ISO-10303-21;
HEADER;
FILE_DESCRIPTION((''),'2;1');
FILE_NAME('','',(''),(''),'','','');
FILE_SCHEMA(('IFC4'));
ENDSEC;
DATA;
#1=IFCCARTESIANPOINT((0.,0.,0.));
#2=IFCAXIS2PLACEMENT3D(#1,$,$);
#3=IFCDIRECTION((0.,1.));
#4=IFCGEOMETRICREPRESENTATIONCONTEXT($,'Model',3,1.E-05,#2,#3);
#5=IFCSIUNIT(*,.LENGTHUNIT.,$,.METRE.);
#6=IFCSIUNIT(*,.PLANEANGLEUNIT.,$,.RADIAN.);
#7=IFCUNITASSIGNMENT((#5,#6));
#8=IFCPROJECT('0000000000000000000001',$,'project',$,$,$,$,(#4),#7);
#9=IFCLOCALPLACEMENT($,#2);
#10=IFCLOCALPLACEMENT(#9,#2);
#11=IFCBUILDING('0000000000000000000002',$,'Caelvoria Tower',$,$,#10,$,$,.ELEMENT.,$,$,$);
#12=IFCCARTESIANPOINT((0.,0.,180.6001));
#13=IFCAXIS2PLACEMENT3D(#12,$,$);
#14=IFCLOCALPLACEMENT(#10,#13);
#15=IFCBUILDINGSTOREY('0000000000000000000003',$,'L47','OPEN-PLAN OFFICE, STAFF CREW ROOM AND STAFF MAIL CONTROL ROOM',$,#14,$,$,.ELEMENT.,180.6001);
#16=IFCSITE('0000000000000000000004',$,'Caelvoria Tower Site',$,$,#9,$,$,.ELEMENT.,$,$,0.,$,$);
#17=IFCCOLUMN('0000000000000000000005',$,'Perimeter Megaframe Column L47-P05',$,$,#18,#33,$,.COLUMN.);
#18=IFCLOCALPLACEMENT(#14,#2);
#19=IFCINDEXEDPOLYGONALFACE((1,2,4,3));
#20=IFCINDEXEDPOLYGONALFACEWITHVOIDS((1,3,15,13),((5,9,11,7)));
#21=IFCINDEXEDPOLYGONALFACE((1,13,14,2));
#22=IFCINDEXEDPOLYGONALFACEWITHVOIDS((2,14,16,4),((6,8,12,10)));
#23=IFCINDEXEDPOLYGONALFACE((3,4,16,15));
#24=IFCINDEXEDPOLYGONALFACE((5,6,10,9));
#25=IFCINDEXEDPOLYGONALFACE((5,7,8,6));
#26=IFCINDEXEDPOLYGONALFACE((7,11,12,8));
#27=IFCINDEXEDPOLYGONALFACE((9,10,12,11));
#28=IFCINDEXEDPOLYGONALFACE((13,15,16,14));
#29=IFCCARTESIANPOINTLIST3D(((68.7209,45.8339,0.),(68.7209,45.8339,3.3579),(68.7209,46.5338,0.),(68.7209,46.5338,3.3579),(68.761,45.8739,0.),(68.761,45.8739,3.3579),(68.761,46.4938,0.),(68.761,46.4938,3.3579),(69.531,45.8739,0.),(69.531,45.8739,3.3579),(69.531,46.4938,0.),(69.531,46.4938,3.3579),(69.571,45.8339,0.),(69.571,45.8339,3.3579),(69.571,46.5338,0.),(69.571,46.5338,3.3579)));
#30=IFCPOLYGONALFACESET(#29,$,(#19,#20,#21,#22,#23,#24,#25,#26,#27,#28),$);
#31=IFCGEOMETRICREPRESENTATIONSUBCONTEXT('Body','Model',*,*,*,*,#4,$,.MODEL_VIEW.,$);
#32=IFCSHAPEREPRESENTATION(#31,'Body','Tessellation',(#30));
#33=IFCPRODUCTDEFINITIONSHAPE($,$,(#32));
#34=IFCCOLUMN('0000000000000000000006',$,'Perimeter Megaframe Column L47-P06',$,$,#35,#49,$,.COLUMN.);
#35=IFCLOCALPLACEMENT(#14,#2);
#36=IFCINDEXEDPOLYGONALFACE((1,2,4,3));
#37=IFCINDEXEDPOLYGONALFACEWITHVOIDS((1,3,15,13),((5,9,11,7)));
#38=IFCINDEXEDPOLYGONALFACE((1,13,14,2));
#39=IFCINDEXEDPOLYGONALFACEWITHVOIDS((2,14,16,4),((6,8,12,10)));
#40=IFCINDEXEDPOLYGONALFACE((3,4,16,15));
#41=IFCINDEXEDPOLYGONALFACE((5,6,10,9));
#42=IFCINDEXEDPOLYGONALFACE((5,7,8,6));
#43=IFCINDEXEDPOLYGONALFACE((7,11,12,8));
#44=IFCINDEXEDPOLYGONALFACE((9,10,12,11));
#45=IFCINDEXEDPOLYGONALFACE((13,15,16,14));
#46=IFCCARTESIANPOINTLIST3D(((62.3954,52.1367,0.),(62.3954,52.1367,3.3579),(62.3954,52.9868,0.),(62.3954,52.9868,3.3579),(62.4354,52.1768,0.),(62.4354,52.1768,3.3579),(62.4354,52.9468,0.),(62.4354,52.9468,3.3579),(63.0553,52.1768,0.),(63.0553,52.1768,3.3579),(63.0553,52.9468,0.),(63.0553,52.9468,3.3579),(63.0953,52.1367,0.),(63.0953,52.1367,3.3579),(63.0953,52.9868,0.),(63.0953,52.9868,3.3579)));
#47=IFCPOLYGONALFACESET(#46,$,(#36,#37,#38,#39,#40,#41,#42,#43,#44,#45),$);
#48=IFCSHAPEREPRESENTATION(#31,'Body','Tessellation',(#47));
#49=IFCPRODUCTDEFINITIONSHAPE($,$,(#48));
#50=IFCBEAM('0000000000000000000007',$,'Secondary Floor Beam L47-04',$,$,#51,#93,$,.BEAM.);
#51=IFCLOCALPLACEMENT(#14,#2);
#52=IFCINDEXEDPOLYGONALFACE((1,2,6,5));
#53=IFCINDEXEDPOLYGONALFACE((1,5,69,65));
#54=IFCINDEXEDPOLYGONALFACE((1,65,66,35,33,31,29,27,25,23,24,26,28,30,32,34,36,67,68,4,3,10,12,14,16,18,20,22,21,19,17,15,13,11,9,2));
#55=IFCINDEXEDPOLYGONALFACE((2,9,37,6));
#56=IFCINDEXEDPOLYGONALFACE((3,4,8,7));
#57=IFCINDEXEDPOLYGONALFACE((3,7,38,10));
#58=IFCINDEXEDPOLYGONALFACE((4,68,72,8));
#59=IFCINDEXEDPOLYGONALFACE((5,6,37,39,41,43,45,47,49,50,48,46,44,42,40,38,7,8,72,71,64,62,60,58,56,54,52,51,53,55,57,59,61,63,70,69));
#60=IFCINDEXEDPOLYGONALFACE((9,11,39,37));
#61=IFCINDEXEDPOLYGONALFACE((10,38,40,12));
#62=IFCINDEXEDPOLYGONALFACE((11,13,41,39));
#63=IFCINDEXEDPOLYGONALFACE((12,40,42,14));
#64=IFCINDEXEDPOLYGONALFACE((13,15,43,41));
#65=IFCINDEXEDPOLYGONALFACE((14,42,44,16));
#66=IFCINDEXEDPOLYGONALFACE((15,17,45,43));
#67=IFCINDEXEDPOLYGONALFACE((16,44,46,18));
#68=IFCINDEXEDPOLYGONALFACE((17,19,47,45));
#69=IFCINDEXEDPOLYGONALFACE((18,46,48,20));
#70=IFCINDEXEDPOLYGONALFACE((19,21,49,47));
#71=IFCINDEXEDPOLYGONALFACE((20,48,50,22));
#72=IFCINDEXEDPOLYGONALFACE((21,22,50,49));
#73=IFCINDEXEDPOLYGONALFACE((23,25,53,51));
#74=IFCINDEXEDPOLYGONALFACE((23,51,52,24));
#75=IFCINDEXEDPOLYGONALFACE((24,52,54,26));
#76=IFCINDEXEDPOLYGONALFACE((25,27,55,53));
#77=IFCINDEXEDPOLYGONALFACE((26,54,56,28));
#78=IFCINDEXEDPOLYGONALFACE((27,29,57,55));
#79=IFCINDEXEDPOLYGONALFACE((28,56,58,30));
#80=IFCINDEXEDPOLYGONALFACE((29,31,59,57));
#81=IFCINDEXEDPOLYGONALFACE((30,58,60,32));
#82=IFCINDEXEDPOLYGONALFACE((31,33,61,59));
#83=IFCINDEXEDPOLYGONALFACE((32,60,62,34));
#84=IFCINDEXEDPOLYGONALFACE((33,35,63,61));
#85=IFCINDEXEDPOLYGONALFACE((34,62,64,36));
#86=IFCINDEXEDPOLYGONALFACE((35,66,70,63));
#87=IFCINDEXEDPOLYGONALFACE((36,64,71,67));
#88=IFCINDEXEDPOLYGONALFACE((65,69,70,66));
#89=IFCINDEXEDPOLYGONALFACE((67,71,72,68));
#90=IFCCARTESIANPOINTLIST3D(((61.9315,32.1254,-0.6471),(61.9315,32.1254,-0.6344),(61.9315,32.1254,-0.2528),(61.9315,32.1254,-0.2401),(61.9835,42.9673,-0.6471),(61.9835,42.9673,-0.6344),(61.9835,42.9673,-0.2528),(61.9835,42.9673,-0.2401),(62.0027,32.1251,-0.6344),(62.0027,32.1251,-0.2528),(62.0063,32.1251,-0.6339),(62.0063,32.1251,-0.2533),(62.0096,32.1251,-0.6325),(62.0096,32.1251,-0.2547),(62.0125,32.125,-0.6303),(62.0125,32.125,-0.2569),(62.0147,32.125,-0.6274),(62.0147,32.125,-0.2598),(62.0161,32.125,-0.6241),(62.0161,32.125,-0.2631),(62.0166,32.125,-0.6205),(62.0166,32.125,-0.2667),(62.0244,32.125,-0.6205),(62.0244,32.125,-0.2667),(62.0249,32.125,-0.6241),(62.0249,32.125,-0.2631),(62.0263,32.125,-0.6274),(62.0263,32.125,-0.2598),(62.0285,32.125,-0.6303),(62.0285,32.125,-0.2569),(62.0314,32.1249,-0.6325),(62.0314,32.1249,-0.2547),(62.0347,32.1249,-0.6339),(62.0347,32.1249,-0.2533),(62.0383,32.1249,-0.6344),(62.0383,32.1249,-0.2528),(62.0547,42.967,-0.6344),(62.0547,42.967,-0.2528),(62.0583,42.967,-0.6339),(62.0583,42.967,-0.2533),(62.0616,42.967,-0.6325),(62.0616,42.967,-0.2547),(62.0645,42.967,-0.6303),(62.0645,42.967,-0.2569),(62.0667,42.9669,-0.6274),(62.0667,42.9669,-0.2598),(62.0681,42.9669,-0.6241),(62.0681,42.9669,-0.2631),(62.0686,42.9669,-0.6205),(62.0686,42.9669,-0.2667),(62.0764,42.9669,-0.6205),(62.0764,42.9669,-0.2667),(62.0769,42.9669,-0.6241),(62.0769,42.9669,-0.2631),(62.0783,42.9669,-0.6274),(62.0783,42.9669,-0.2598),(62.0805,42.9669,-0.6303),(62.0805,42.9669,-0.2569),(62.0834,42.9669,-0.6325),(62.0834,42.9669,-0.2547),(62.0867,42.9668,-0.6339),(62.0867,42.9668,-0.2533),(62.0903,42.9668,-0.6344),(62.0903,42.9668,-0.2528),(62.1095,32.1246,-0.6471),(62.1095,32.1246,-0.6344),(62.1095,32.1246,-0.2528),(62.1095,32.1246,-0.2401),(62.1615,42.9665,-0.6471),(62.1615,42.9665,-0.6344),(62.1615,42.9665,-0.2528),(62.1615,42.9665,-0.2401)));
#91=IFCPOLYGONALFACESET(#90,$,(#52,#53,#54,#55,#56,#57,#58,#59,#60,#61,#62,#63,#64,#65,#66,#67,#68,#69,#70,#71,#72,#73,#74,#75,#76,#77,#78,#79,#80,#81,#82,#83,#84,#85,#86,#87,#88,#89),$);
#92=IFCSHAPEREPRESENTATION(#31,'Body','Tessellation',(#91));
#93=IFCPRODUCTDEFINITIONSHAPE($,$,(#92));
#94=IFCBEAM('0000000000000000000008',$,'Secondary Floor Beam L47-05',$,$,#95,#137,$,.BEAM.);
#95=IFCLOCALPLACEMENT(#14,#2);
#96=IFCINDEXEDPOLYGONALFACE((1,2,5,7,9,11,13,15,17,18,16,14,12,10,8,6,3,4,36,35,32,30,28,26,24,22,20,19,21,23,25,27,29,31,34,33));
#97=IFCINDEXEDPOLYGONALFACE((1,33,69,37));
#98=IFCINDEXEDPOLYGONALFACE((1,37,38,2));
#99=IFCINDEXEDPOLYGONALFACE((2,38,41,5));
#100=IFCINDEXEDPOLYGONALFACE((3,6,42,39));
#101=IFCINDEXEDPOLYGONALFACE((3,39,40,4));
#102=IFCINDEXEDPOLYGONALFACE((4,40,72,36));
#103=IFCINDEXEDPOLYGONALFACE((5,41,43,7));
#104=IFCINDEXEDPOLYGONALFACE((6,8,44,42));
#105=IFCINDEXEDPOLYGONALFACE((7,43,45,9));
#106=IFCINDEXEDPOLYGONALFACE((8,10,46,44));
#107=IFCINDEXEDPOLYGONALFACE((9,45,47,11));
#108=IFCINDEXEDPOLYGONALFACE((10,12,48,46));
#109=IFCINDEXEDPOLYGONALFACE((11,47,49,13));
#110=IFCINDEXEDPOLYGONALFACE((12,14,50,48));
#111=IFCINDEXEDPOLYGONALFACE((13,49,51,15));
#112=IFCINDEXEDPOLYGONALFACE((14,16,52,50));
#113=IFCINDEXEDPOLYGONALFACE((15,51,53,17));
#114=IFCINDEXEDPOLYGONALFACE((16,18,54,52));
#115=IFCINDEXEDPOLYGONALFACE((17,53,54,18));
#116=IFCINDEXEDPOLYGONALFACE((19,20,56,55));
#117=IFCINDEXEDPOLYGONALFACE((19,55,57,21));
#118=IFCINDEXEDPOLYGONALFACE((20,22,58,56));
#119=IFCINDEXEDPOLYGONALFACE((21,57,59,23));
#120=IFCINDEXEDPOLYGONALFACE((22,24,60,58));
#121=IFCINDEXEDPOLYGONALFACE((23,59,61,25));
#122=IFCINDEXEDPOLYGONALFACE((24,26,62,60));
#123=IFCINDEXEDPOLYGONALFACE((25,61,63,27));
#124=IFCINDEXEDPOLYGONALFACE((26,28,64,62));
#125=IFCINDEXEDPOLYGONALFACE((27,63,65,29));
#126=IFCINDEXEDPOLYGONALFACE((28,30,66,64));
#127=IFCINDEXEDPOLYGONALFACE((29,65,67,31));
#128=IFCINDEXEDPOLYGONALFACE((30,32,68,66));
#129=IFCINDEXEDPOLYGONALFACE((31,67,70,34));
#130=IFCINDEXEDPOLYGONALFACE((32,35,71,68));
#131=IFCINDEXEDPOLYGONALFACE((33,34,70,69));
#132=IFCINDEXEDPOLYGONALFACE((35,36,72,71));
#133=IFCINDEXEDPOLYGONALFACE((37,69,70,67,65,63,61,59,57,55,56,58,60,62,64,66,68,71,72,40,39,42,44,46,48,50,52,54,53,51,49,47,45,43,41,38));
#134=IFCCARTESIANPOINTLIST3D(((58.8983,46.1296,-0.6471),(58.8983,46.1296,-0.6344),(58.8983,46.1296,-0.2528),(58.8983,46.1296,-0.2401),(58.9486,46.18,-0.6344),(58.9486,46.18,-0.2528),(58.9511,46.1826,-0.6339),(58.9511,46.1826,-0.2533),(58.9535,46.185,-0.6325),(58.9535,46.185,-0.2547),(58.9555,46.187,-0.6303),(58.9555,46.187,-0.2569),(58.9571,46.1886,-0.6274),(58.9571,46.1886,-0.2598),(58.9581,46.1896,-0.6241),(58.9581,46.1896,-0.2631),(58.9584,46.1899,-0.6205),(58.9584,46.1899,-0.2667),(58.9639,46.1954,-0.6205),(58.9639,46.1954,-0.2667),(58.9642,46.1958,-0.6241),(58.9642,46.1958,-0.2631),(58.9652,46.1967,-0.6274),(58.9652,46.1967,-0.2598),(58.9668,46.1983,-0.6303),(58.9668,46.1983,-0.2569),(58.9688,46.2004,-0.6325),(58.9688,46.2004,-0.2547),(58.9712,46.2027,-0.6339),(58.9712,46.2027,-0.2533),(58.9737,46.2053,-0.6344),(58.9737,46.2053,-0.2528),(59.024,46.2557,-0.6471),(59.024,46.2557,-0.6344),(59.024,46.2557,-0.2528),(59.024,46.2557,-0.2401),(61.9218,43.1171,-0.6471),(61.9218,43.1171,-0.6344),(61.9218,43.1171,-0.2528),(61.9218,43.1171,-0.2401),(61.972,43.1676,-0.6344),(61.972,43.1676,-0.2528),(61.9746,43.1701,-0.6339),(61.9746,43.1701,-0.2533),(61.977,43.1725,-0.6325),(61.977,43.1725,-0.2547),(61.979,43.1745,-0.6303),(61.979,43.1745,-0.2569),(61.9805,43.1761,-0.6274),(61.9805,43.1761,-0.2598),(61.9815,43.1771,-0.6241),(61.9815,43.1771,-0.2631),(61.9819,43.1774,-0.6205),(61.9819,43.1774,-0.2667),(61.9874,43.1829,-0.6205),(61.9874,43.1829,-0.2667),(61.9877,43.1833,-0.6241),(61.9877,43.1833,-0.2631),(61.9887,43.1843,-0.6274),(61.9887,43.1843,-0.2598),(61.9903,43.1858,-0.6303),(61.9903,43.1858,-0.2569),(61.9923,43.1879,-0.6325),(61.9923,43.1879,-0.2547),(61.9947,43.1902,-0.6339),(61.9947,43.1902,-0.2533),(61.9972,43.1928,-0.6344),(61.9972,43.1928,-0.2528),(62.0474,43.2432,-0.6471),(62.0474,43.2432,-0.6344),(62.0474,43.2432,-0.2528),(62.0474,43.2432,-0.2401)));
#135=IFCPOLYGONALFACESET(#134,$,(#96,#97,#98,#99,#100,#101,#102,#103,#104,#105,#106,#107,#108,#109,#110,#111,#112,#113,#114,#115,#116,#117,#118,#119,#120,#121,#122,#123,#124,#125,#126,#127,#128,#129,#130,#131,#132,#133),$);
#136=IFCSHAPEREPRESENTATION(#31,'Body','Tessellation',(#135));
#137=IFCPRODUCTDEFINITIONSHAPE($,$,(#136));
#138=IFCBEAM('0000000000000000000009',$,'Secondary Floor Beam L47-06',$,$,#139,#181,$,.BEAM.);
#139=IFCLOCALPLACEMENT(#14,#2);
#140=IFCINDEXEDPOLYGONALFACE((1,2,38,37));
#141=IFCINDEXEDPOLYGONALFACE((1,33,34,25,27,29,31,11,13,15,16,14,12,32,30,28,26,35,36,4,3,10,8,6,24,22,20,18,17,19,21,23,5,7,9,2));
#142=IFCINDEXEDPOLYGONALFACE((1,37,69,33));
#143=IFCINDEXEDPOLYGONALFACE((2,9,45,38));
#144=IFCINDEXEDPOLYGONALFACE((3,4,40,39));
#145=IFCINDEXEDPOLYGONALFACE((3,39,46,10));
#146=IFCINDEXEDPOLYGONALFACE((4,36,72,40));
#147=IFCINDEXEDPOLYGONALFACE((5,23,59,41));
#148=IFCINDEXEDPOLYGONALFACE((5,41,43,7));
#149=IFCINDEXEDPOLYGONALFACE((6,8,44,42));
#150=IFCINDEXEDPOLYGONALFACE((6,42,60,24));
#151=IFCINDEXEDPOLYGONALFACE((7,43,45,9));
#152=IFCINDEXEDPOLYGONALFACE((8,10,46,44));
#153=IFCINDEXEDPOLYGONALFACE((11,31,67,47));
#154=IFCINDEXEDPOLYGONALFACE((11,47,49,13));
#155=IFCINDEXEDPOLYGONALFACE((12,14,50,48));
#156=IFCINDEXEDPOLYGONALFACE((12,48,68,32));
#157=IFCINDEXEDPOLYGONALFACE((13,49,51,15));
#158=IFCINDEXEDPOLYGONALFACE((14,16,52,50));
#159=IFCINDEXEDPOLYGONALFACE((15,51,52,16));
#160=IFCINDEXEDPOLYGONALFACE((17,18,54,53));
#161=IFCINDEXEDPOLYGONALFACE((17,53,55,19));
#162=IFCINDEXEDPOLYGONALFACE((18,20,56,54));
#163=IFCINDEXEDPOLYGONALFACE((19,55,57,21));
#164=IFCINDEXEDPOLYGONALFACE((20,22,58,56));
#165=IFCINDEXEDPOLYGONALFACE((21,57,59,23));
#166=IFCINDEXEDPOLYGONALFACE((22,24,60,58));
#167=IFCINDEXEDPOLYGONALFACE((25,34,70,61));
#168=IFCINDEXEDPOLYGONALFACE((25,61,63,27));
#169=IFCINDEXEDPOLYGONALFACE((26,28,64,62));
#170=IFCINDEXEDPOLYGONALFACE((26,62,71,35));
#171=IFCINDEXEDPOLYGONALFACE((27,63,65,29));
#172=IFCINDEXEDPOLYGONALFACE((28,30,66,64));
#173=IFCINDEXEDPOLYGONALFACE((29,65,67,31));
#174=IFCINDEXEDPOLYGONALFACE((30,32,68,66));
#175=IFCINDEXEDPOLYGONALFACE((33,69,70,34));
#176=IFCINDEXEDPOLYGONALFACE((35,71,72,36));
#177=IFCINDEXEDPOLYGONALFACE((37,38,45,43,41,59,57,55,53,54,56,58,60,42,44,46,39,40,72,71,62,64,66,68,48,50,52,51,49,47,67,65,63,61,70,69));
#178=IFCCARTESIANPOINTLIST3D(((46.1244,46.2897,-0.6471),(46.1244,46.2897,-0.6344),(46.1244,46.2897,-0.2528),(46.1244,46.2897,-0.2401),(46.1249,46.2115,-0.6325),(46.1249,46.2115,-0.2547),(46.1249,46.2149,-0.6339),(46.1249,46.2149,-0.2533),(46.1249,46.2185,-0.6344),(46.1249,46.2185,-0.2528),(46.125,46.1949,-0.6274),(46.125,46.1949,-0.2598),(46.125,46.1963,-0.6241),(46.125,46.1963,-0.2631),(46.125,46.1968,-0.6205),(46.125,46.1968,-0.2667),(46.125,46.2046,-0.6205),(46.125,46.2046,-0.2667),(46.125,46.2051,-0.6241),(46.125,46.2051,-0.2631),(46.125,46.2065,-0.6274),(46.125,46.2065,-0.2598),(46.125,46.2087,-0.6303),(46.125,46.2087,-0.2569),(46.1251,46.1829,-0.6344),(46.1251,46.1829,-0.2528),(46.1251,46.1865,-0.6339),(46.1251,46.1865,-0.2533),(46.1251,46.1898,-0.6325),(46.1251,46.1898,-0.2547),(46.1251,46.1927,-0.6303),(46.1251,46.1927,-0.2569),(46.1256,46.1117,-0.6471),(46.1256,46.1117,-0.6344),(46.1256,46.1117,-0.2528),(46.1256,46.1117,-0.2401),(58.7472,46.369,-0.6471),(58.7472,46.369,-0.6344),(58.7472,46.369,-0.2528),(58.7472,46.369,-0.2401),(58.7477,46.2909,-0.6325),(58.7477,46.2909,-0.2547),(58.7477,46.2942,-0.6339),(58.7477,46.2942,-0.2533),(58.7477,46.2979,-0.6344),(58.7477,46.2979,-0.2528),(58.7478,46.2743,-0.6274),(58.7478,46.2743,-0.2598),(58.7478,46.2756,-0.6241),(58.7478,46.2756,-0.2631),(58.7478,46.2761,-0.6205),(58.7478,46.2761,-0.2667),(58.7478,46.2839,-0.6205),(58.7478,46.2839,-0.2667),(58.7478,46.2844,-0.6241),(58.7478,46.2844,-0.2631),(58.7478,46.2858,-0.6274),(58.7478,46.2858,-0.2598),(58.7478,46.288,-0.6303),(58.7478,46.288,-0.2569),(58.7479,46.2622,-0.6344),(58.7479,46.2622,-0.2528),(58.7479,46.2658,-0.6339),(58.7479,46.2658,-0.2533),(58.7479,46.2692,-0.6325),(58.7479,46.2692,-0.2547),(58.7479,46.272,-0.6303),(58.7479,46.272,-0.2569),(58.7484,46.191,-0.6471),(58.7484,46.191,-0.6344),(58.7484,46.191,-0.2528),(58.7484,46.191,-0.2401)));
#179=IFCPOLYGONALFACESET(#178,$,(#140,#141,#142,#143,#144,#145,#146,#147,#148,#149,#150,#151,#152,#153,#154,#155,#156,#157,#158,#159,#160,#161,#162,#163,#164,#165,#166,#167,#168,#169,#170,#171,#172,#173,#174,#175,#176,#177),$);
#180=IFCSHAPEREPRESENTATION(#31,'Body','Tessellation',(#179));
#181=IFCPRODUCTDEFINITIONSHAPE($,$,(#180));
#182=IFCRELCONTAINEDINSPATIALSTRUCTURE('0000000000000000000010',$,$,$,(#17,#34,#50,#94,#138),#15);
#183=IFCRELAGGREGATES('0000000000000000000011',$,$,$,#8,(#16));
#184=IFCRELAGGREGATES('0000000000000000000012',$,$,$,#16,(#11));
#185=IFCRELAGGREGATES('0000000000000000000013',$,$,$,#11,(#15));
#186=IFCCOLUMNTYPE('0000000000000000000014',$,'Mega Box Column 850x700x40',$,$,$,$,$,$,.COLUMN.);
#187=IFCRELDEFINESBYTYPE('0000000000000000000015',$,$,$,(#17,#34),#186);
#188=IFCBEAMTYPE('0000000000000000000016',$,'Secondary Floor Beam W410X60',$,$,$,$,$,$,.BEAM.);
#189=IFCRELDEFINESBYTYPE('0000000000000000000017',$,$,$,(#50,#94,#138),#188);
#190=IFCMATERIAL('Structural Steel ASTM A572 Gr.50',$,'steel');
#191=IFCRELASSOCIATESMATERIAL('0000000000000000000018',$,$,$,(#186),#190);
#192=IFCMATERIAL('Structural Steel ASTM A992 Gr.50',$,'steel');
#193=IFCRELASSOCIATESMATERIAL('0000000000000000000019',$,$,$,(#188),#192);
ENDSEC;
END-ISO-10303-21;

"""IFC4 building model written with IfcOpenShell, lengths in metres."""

from ifc_helpers import new_model, si_unit, direction, frame, origin, origin_2d, place, context, subcontext, project, spatial, hollow_rectangle, i_section, extrude, material, material_profile, profile_set, type_object, element, save


model = new_model("IFC4")

# Units and contexts
model_context = context("Model", 3, precision=1e-05, world=origin(), true_north=direction((0.0, 1.0)))
body_context = subcontext(model_context, "Body", "Model", "MODEL_VIEW")
ifc_project = project(units=[si_unit("LENGTHUNIT", "METRE"), si_unit("PLANEANGLEUNIT", "RADIAN")], contexts=[model_context])

# Site, building, storey
site_placement = place(None, origin())
site = spatial("IfcSite", under=ifc_project, at=site_placement, Name="Caelvoria Tower Site", CompositionType="ELEMENT", RefElevation=0.0)
building_placement = place(site_placement, origin())
building = spatial("IfcBuilding", under=site, at=building_placement, Name="Caelvoria Tower", CompositionType="ELEMENT")
storey_placement = place(building_placement, frame((0.0, 0.0, 180.6001)))
storey = spatial("IfcBuildingStorey", under=building, at=storey_placement, Name="L47", Description="OPEN-PLAN OFFICE, STAFF CREW ROOM AND STAFF MAIL CONTROL ROOM", CompositionType="ELEMENT", Elevation=180.6001)

# Columns
ifc_material_1 = material(Name="Structural Steel ASTM A572 Gr.50", Category="steel")
ifc_material_profile_1 = material_profile(ifc_material_1, hollow_rectangle(XDim=0.7, YDim=0.8501, WallThickness=0.04, at=origin_2d()), Name="Structural Steel ASTM A572 Gr.50")
ifc_profile_set_1 = profile_set([ifc_material_profile_1], Name="BOX850X700X40 - Structural Steel ASTM A572 Gr.50")
column_type = type_object("IfcColumnType", Name="Mega Box Column 850x700x40", PredefinedType="COLUMN", material=ifc_profile_set_1)
for number, where, z_axis, x_axis, name in (
    (1, (69.146, 46.1838, 0.0), (0.0, 0.0, 1.0), (0.0, 1.0, 0.0), "Perimeter Megaframe Column L47-P05"),
    (2, (62.7454, 52.5618, 0.0), (0.0, 0.0, 1.0), (1.0, 0.0, 0.0), "Perimeter Megaframe Column L47-P06"),
):
    element("IfcColumn", number, at=place(storey_placement, frame(where, z_axis=z_axis, x_axis=x_axis)), inside=storey, type_object=column_type, Name=name, PredefinedType="COLUMN", context=body_context, shape_type="SweptSolid", body=[
        extrude(hollow_rectangle(XDim=0.7, YDim=0.8501, WallThickness=0.04, at=origin_2d()), origin(), (0.0, 0.0, 1.0), 3.3579),
    ])

# Beams
ifc_material_2 = material(Name="Structural Steel ASTM A992 Gr.50", Category="steel")
ifc_material_profile_2 = material_profile(ifc_material_2, i_section(OverallWidth=0.178, OverallDepth=0.407, WebThickness=0.0078, FlangeThickness=0.0127, FilletRadius=0.0139, at=origin_2d()), Name="Structural Steel ASTM A992 Gr.50")
ifc_profile_set_2 = profile_set([ifc_material_profile_2], Name="W410X60 - Structural Steel ASTM A992 Gr.50")
beam_type_1 = type_object("IfcBeamType", Name="Secondary Floor Beam W410X60", PredefinedType="BEAM", material=ifc_profile_set_2)
beam_1_placement = place(storey_placement, frame((62.0205, 32.125, -0.4436), z_axis=(0.004796, 0.999988, 0.0), x_axis=(-0.999988, 0.004796, 0.0)))
element("IfcBeam", 3, at=beam_1_placement, inside=storey, type_object=beam_type_1, Name="Secondary Floor Beam L47-04", PredefinedType="BEAM", context=body_context, shape_type="SweptSolid", body=[
    extrude(i_section(OverallWidth=0.178, OverallDepth=0.407, WebThickness=0.0078, FlangeThickness=0.0127, FilletRadius=0.0139, at=origin_2d()), origin(), (0.0, 0.0, 1.0), 10.842),
])
beam_2_placement = place(storey_placement, frame((61.9846, 43.1802, -0.4436), z_axis=(-0.708393, 0.705819, 0.0), x_axis=(-0.705819, -0.708393, 0.0)))
element("IfcBeam", 4, at=beam_2_placement, inside=storey, type_object=beam_type_1, Name="Secondary Floor Beam L47-05", PredefinedType="BEAM", context=body_context, shape_type="SweptSolid", body=[
    extrude(i_section(OverallWidth=0.178, OverallDepth=0.407, WebThickness=0.0078, FlangeThickness=0.0127, FilletRadius=0.0139, at=origin_2d()), origin(), (0.0, 0.0, 1.0), 4.2681),
])
beam_3_placement = place(storey_placement, frame((58.7478, 46.28, -0.4436), z_axis=(-0.99998, -0.006286, 0.0), x_axis=(0.006286, -0.99998, 0.0)))
element("IfcBeam", 5, at=beam_3_placement, inside=storey, type_object=beam_type_1, Name="Secondary Floor Beam L47-06", PredefinedType="BEAM", context=body_context, shape_type="SweptSolid", body=[
    extrude(i_section(OverallWidth=0.178, OverallDepth=0.407, WebThickness=0.0078, FlangeThickness=0.0127, FilletRadius=0.0139, at=origin_2d()), origin(), (0.0, 0.0, 1.0), 12.623),
])

save(model, "model.ifc")
